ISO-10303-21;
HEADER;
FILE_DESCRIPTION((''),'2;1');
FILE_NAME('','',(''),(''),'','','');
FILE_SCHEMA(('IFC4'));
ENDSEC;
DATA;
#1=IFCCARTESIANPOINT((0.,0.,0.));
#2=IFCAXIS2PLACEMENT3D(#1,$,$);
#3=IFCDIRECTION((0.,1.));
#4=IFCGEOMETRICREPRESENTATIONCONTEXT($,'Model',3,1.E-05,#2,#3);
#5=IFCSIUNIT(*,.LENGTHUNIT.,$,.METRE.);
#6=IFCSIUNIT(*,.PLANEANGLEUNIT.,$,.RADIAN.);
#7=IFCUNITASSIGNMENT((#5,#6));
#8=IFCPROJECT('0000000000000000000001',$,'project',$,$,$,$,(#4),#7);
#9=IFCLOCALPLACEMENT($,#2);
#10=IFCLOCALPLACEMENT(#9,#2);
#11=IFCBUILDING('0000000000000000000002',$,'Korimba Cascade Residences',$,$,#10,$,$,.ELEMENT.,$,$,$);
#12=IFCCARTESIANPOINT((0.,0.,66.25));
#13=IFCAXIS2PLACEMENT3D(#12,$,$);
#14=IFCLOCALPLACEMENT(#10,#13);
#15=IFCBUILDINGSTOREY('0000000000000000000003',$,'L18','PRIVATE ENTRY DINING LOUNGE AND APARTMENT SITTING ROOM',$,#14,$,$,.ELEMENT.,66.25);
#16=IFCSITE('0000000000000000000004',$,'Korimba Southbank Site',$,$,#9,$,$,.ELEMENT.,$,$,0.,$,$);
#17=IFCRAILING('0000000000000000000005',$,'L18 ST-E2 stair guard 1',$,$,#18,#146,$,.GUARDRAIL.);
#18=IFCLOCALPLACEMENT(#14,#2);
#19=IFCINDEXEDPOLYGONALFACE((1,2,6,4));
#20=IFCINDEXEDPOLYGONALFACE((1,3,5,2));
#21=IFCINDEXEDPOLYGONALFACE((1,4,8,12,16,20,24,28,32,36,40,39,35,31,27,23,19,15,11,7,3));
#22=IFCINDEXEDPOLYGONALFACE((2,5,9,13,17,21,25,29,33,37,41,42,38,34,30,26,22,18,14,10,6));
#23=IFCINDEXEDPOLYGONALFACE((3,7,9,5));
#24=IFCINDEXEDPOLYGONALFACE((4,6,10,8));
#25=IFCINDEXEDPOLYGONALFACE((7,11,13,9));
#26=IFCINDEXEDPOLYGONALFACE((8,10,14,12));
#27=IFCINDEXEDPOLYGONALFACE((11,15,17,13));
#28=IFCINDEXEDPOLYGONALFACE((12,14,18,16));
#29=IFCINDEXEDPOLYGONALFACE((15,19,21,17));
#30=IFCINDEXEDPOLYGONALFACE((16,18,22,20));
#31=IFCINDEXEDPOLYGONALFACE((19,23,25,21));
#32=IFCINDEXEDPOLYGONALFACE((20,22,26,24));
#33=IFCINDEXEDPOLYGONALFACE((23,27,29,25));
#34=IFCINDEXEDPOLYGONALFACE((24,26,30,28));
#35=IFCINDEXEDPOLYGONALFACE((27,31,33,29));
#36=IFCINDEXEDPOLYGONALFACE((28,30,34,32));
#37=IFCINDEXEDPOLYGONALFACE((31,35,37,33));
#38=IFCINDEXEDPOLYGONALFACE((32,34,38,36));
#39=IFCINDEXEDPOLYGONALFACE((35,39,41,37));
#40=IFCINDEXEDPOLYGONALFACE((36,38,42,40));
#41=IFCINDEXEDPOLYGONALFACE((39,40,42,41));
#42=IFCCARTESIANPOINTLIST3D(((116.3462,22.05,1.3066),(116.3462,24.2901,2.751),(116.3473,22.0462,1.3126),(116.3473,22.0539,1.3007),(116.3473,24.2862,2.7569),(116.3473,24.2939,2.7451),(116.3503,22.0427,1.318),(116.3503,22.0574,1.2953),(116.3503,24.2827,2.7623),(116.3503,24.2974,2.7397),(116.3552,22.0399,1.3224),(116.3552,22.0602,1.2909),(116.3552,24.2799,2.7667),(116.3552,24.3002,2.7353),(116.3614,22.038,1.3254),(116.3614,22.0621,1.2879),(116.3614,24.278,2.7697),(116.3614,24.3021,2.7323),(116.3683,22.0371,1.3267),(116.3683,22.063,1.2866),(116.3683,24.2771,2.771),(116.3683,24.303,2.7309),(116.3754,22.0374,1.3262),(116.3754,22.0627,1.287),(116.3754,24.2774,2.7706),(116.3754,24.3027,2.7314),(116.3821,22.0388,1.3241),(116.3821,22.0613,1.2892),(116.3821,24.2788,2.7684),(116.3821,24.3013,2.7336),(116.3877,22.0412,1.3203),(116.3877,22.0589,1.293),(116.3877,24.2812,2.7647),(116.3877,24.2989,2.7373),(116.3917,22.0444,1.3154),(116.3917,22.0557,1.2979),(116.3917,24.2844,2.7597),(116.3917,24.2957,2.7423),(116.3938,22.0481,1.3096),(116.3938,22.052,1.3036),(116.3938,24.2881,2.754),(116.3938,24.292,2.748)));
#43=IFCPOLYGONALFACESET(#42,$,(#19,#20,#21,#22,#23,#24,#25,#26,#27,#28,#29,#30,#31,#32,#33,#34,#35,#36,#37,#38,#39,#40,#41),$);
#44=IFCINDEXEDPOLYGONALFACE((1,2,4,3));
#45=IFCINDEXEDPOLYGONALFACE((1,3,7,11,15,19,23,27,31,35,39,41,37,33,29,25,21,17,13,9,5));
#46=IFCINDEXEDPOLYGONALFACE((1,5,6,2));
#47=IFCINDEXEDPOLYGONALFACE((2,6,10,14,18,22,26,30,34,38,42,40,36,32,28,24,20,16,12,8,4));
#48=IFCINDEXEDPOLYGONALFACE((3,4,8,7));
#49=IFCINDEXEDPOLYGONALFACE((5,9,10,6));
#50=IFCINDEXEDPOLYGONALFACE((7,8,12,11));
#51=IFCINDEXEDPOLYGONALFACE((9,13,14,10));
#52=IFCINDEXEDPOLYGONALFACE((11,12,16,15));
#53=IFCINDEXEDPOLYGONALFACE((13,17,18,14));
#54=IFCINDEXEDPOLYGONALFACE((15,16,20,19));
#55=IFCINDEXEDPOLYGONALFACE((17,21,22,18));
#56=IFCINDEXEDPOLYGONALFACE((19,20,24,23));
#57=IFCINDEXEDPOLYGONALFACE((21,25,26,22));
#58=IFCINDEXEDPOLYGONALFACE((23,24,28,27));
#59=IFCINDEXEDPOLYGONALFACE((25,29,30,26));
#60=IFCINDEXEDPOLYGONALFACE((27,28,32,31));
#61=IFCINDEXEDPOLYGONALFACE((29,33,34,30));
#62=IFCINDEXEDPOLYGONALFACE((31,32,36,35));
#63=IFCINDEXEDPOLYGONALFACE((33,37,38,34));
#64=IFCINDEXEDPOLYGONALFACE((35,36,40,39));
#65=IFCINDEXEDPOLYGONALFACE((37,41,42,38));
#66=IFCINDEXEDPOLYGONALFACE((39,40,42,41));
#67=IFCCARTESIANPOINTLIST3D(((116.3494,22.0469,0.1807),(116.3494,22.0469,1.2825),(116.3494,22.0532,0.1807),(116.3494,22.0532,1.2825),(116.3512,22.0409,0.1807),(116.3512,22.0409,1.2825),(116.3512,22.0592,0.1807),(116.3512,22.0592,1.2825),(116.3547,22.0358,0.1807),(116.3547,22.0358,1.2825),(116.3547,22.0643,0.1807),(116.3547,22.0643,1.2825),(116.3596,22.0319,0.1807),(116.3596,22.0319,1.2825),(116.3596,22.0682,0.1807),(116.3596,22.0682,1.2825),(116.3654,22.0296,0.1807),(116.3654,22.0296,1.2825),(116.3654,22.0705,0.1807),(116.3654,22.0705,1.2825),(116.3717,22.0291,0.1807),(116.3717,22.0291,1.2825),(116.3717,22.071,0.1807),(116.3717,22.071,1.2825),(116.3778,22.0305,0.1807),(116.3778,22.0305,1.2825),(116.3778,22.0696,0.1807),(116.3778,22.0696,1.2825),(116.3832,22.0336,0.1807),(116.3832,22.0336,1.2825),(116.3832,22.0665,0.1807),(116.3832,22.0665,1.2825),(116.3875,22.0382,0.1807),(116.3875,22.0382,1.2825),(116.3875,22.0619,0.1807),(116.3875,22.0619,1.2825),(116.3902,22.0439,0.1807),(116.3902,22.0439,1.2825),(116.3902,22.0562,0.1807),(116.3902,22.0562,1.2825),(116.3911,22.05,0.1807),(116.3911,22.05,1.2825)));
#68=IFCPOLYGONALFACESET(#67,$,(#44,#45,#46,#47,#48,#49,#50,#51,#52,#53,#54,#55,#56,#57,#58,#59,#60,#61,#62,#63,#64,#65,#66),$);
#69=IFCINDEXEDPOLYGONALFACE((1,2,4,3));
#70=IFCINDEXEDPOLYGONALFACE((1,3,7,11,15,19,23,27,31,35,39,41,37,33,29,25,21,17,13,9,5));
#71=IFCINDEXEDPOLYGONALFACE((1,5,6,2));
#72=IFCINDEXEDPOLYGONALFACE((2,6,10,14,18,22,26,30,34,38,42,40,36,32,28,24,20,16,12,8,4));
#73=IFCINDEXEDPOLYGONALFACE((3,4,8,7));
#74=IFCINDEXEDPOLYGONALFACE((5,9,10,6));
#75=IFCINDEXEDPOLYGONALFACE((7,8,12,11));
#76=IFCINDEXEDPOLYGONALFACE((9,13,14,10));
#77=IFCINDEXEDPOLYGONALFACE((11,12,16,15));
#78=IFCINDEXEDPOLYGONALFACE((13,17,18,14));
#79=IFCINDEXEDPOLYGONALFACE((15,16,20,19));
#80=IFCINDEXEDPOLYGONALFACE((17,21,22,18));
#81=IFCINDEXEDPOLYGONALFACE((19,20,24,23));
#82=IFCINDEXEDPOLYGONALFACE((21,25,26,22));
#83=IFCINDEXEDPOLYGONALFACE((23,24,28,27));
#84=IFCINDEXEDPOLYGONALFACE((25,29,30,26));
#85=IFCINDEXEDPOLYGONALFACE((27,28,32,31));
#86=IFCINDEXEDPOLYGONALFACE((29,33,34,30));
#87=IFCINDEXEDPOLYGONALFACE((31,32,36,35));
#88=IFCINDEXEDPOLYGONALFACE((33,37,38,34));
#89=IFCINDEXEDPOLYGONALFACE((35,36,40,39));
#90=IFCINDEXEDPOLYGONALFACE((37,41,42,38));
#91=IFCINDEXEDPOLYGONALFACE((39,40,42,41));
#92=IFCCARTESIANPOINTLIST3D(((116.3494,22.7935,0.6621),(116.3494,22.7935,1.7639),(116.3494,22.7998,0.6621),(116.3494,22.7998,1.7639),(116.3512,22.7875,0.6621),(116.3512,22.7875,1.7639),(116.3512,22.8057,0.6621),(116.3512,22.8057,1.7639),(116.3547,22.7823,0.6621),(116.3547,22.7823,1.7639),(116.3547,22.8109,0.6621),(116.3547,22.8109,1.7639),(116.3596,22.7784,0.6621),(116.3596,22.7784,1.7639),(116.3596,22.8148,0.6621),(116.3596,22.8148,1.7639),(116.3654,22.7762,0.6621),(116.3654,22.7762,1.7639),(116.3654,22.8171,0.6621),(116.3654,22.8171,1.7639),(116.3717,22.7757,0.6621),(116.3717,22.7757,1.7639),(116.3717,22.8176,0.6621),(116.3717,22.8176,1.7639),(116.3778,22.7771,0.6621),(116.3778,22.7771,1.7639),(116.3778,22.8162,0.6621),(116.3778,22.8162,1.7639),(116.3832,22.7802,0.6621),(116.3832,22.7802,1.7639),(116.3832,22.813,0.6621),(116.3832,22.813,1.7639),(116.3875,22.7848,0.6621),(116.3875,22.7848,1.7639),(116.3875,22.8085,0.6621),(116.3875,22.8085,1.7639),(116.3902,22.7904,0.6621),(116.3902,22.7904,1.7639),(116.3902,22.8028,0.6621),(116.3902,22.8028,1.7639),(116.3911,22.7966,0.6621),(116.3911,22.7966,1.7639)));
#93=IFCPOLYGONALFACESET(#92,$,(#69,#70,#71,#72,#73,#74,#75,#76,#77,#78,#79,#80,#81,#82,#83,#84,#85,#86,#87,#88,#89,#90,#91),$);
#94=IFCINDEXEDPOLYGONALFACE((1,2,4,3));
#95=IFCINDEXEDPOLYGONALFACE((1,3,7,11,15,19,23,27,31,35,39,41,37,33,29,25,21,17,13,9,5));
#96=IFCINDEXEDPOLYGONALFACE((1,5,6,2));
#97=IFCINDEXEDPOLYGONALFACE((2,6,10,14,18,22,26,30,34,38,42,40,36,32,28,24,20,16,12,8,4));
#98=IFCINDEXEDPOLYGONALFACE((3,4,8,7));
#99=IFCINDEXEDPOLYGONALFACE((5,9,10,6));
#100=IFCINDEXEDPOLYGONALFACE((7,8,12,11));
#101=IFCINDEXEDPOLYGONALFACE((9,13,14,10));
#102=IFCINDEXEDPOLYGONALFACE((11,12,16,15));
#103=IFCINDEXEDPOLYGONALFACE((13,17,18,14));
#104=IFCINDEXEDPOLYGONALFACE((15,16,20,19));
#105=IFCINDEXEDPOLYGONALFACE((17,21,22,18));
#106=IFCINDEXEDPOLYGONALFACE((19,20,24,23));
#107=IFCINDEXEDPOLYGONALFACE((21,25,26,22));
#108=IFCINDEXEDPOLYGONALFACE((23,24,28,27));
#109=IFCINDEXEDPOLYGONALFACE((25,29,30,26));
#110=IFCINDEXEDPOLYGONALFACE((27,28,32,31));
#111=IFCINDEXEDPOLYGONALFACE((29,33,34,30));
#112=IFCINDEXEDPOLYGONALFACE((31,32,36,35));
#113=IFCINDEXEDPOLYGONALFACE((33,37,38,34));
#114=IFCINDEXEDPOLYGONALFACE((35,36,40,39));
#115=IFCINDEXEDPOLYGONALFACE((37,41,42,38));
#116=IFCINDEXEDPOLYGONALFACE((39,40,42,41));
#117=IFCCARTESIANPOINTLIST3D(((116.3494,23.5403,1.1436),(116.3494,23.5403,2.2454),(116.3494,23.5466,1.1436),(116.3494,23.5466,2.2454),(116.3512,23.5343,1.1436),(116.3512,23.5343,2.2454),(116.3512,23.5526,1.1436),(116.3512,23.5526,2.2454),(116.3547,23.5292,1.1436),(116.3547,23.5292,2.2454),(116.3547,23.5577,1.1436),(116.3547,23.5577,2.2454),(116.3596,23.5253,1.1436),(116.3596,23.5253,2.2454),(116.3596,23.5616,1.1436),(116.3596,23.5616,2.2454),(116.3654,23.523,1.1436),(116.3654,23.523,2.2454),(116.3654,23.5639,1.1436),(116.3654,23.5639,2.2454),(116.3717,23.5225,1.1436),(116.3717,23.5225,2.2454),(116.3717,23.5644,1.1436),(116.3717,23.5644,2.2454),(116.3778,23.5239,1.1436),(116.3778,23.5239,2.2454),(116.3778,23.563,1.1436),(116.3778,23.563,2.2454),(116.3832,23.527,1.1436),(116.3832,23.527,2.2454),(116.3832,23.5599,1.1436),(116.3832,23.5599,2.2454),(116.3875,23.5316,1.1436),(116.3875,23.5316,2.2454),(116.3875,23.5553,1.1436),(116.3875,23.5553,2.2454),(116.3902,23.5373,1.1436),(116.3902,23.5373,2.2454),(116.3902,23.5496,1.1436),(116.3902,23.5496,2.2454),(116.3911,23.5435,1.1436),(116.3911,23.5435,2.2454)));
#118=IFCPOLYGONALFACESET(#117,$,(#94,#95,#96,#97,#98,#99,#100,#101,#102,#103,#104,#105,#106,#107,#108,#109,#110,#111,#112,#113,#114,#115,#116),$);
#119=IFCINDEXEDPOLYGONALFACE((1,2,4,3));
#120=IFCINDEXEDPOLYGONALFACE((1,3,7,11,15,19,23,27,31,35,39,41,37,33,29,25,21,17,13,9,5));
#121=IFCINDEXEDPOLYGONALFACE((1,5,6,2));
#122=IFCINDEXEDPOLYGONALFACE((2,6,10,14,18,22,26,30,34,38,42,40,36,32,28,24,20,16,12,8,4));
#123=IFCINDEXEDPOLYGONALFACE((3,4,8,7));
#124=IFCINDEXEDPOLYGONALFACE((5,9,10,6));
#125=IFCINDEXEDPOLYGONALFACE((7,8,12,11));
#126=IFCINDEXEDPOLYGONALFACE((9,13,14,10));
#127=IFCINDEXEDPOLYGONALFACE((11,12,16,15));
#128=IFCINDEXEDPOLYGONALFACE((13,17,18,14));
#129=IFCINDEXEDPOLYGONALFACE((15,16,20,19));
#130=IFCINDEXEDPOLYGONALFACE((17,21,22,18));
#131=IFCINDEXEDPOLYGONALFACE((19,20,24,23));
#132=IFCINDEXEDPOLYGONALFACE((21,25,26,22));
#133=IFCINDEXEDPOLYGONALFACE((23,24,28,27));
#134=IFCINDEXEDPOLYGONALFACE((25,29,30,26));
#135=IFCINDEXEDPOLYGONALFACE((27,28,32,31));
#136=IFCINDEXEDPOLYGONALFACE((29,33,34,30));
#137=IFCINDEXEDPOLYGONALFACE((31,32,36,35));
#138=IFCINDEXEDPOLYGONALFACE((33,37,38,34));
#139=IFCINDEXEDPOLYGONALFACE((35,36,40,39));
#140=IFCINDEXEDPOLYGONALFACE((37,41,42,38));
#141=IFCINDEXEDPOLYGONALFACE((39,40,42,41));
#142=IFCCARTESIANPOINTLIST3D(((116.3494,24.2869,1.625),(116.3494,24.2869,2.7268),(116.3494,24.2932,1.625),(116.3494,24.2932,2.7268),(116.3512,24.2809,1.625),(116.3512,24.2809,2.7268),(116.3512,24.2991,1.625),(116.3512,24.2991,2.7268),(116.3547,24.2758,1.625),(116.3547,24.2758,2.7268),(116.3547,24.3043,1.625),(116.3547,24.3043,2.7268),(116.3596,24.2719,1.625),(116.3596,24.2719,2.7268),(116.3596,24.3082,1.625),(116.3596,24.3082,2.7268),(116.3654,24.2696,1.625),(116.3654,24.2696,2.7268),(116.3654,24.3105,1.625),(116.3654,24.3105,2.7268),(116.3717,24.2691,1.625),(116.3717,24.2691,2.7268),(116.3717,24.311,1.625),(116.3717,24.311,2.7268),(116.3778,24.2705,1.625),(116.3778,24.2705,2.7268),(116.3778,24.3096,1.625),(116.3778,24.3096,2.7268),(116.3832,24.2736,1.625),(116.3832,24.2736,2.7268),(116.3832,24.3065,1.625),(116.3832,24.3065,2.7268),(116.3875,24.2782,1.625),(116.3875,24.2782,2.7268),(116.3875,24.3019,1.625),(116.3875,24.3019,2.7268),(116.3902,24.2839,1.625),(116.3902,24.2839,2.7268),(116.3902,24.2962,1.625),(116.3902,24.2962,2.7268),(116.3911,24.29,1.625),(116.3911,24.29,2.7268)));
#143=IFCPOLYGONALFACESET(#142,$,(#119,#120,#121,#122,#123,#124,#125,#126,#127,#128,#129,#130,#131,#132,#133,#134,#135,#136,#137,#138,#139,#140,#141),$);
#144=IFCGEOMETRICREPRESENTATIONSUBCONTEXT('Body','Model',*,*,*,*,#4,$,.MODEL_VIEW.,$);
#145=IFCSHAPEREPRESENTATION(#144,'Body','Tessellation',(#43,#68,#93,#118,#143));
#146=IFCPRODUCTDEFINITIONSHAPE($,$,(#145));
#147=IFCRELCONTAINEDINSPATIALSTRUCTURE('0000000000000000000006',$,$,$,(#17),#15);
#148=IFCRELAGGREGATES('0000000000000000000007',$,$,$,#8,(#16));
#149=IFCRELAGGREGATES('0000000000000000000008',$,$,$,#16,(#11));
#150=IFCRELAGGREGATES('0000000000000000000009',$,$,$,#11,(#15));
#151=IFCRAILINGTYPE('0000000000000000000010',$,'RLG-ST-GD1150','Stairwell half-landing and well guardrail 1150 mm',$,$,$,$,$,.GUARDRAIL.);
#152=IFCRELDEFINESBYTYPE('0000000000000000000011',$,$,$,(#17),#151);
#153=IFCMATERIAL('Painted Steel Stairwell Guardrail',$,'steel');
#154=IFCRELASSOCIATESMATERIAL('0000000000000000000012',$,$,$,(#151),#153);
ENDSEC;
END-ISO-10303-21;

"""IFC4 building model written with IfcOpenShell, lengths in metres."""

from ifc_helpers import new_model, si_unit, direction, frame, origin, origin_2d, place, context, subcontext, project, spatial, circle, extrude, material, type_object, element, save


model = new_model("IFC4")

# Units and contexts
model_context = context("Model", 3, precision=1e-05, world=origin(), true_north=direction((0.0, 1.0)))
body_context = subcontext(model_context, "Body", "Model", "MODEL_VIEW")
ifc_project = project(units=[si_unit("LENGTHUNIT", "METRE"), si_unit("PLANEANGLEUNIT", "RADIAN")], contexts=[model_context])

# Site, building, storey
site_placement = place(None, origin())
site = spatial("IfcSite", under=ifc_project, at=site_placement, Name="Korimba Southbank Site", CompositionType="ELEMENT", RefElevation=0.0)
building_placement = place(site_placement, origin())
building = spatial("IfcBuilding", under=site, at=building_placement, Name="Korimba Cascade Residences", CompositionType="ELEMENT")
storey_placement = place(building_placement, frame((0.0, 0.0, 66.25)))
storey = spatial("IfcBuildingStorey", under=building, at=storey_placement, Name="L18", Description="PRIVATE ENTRY DINING LOUNGE AND APARTMENT SITTING ROOM", CompositionType="ELEMENT", Elevation=66.25)

# Railing
ifc_material_1 = material(Name="Painted Steel Stairwell Guardrail", Category="steel")
railing_type_1 = type_object("IfcRailingType", Name="RLG-ST-GD1150", Description="Stairwell half-landing and well guardrail 1150 mm", PredefinedType="GUARDRAIL", material=ifc_material_1)
railing_1_placement = place(storey_placement, frame((116.3701, 22.05, 0.1807)))
element("IfcRailing", 1, at=railing_1_placement, inside=storey, type_object=railing_type_1, Name="L18 ST-E2 stair guard 1", PredefinedType="GUARDRAIL", context=body_context, shape_type="SweptSolid", body=[
    extrude(circle(Radius=0.0239, at=origin_2d()), frame((0.0, 0.0, 1.126), z_axis=(0.0, 0.840437, 0.54191), x_axis=(-1.0, 0.0, 0.0)), (0.0, 0.0, 1.0), 2.6653),
    extrude(circle(Radius=0.021, at=origin_2d()), origin(), (0.0, 0.0, 1.0), 1.1018),
    extrude(circle(Radius=0.021, at=origin_2d()), frame((0.0, 0.7466, 0.4814)), (0.0, 0.0, 1.0), 1.1018),
    extrude(circle(Radius=0.021, at=origin_2d()), frame((0.0, 1.4934, 0.9629)), (0.0, 0.0, 1.0), 1.1018),
    extrude(circle(Radius=0.021, at=origin_2d()), frame((0.0, 2.24, 1.4443)), (0.0, 0.0, 1.0), 1.1018),
])

save(model, "model.ifc")
